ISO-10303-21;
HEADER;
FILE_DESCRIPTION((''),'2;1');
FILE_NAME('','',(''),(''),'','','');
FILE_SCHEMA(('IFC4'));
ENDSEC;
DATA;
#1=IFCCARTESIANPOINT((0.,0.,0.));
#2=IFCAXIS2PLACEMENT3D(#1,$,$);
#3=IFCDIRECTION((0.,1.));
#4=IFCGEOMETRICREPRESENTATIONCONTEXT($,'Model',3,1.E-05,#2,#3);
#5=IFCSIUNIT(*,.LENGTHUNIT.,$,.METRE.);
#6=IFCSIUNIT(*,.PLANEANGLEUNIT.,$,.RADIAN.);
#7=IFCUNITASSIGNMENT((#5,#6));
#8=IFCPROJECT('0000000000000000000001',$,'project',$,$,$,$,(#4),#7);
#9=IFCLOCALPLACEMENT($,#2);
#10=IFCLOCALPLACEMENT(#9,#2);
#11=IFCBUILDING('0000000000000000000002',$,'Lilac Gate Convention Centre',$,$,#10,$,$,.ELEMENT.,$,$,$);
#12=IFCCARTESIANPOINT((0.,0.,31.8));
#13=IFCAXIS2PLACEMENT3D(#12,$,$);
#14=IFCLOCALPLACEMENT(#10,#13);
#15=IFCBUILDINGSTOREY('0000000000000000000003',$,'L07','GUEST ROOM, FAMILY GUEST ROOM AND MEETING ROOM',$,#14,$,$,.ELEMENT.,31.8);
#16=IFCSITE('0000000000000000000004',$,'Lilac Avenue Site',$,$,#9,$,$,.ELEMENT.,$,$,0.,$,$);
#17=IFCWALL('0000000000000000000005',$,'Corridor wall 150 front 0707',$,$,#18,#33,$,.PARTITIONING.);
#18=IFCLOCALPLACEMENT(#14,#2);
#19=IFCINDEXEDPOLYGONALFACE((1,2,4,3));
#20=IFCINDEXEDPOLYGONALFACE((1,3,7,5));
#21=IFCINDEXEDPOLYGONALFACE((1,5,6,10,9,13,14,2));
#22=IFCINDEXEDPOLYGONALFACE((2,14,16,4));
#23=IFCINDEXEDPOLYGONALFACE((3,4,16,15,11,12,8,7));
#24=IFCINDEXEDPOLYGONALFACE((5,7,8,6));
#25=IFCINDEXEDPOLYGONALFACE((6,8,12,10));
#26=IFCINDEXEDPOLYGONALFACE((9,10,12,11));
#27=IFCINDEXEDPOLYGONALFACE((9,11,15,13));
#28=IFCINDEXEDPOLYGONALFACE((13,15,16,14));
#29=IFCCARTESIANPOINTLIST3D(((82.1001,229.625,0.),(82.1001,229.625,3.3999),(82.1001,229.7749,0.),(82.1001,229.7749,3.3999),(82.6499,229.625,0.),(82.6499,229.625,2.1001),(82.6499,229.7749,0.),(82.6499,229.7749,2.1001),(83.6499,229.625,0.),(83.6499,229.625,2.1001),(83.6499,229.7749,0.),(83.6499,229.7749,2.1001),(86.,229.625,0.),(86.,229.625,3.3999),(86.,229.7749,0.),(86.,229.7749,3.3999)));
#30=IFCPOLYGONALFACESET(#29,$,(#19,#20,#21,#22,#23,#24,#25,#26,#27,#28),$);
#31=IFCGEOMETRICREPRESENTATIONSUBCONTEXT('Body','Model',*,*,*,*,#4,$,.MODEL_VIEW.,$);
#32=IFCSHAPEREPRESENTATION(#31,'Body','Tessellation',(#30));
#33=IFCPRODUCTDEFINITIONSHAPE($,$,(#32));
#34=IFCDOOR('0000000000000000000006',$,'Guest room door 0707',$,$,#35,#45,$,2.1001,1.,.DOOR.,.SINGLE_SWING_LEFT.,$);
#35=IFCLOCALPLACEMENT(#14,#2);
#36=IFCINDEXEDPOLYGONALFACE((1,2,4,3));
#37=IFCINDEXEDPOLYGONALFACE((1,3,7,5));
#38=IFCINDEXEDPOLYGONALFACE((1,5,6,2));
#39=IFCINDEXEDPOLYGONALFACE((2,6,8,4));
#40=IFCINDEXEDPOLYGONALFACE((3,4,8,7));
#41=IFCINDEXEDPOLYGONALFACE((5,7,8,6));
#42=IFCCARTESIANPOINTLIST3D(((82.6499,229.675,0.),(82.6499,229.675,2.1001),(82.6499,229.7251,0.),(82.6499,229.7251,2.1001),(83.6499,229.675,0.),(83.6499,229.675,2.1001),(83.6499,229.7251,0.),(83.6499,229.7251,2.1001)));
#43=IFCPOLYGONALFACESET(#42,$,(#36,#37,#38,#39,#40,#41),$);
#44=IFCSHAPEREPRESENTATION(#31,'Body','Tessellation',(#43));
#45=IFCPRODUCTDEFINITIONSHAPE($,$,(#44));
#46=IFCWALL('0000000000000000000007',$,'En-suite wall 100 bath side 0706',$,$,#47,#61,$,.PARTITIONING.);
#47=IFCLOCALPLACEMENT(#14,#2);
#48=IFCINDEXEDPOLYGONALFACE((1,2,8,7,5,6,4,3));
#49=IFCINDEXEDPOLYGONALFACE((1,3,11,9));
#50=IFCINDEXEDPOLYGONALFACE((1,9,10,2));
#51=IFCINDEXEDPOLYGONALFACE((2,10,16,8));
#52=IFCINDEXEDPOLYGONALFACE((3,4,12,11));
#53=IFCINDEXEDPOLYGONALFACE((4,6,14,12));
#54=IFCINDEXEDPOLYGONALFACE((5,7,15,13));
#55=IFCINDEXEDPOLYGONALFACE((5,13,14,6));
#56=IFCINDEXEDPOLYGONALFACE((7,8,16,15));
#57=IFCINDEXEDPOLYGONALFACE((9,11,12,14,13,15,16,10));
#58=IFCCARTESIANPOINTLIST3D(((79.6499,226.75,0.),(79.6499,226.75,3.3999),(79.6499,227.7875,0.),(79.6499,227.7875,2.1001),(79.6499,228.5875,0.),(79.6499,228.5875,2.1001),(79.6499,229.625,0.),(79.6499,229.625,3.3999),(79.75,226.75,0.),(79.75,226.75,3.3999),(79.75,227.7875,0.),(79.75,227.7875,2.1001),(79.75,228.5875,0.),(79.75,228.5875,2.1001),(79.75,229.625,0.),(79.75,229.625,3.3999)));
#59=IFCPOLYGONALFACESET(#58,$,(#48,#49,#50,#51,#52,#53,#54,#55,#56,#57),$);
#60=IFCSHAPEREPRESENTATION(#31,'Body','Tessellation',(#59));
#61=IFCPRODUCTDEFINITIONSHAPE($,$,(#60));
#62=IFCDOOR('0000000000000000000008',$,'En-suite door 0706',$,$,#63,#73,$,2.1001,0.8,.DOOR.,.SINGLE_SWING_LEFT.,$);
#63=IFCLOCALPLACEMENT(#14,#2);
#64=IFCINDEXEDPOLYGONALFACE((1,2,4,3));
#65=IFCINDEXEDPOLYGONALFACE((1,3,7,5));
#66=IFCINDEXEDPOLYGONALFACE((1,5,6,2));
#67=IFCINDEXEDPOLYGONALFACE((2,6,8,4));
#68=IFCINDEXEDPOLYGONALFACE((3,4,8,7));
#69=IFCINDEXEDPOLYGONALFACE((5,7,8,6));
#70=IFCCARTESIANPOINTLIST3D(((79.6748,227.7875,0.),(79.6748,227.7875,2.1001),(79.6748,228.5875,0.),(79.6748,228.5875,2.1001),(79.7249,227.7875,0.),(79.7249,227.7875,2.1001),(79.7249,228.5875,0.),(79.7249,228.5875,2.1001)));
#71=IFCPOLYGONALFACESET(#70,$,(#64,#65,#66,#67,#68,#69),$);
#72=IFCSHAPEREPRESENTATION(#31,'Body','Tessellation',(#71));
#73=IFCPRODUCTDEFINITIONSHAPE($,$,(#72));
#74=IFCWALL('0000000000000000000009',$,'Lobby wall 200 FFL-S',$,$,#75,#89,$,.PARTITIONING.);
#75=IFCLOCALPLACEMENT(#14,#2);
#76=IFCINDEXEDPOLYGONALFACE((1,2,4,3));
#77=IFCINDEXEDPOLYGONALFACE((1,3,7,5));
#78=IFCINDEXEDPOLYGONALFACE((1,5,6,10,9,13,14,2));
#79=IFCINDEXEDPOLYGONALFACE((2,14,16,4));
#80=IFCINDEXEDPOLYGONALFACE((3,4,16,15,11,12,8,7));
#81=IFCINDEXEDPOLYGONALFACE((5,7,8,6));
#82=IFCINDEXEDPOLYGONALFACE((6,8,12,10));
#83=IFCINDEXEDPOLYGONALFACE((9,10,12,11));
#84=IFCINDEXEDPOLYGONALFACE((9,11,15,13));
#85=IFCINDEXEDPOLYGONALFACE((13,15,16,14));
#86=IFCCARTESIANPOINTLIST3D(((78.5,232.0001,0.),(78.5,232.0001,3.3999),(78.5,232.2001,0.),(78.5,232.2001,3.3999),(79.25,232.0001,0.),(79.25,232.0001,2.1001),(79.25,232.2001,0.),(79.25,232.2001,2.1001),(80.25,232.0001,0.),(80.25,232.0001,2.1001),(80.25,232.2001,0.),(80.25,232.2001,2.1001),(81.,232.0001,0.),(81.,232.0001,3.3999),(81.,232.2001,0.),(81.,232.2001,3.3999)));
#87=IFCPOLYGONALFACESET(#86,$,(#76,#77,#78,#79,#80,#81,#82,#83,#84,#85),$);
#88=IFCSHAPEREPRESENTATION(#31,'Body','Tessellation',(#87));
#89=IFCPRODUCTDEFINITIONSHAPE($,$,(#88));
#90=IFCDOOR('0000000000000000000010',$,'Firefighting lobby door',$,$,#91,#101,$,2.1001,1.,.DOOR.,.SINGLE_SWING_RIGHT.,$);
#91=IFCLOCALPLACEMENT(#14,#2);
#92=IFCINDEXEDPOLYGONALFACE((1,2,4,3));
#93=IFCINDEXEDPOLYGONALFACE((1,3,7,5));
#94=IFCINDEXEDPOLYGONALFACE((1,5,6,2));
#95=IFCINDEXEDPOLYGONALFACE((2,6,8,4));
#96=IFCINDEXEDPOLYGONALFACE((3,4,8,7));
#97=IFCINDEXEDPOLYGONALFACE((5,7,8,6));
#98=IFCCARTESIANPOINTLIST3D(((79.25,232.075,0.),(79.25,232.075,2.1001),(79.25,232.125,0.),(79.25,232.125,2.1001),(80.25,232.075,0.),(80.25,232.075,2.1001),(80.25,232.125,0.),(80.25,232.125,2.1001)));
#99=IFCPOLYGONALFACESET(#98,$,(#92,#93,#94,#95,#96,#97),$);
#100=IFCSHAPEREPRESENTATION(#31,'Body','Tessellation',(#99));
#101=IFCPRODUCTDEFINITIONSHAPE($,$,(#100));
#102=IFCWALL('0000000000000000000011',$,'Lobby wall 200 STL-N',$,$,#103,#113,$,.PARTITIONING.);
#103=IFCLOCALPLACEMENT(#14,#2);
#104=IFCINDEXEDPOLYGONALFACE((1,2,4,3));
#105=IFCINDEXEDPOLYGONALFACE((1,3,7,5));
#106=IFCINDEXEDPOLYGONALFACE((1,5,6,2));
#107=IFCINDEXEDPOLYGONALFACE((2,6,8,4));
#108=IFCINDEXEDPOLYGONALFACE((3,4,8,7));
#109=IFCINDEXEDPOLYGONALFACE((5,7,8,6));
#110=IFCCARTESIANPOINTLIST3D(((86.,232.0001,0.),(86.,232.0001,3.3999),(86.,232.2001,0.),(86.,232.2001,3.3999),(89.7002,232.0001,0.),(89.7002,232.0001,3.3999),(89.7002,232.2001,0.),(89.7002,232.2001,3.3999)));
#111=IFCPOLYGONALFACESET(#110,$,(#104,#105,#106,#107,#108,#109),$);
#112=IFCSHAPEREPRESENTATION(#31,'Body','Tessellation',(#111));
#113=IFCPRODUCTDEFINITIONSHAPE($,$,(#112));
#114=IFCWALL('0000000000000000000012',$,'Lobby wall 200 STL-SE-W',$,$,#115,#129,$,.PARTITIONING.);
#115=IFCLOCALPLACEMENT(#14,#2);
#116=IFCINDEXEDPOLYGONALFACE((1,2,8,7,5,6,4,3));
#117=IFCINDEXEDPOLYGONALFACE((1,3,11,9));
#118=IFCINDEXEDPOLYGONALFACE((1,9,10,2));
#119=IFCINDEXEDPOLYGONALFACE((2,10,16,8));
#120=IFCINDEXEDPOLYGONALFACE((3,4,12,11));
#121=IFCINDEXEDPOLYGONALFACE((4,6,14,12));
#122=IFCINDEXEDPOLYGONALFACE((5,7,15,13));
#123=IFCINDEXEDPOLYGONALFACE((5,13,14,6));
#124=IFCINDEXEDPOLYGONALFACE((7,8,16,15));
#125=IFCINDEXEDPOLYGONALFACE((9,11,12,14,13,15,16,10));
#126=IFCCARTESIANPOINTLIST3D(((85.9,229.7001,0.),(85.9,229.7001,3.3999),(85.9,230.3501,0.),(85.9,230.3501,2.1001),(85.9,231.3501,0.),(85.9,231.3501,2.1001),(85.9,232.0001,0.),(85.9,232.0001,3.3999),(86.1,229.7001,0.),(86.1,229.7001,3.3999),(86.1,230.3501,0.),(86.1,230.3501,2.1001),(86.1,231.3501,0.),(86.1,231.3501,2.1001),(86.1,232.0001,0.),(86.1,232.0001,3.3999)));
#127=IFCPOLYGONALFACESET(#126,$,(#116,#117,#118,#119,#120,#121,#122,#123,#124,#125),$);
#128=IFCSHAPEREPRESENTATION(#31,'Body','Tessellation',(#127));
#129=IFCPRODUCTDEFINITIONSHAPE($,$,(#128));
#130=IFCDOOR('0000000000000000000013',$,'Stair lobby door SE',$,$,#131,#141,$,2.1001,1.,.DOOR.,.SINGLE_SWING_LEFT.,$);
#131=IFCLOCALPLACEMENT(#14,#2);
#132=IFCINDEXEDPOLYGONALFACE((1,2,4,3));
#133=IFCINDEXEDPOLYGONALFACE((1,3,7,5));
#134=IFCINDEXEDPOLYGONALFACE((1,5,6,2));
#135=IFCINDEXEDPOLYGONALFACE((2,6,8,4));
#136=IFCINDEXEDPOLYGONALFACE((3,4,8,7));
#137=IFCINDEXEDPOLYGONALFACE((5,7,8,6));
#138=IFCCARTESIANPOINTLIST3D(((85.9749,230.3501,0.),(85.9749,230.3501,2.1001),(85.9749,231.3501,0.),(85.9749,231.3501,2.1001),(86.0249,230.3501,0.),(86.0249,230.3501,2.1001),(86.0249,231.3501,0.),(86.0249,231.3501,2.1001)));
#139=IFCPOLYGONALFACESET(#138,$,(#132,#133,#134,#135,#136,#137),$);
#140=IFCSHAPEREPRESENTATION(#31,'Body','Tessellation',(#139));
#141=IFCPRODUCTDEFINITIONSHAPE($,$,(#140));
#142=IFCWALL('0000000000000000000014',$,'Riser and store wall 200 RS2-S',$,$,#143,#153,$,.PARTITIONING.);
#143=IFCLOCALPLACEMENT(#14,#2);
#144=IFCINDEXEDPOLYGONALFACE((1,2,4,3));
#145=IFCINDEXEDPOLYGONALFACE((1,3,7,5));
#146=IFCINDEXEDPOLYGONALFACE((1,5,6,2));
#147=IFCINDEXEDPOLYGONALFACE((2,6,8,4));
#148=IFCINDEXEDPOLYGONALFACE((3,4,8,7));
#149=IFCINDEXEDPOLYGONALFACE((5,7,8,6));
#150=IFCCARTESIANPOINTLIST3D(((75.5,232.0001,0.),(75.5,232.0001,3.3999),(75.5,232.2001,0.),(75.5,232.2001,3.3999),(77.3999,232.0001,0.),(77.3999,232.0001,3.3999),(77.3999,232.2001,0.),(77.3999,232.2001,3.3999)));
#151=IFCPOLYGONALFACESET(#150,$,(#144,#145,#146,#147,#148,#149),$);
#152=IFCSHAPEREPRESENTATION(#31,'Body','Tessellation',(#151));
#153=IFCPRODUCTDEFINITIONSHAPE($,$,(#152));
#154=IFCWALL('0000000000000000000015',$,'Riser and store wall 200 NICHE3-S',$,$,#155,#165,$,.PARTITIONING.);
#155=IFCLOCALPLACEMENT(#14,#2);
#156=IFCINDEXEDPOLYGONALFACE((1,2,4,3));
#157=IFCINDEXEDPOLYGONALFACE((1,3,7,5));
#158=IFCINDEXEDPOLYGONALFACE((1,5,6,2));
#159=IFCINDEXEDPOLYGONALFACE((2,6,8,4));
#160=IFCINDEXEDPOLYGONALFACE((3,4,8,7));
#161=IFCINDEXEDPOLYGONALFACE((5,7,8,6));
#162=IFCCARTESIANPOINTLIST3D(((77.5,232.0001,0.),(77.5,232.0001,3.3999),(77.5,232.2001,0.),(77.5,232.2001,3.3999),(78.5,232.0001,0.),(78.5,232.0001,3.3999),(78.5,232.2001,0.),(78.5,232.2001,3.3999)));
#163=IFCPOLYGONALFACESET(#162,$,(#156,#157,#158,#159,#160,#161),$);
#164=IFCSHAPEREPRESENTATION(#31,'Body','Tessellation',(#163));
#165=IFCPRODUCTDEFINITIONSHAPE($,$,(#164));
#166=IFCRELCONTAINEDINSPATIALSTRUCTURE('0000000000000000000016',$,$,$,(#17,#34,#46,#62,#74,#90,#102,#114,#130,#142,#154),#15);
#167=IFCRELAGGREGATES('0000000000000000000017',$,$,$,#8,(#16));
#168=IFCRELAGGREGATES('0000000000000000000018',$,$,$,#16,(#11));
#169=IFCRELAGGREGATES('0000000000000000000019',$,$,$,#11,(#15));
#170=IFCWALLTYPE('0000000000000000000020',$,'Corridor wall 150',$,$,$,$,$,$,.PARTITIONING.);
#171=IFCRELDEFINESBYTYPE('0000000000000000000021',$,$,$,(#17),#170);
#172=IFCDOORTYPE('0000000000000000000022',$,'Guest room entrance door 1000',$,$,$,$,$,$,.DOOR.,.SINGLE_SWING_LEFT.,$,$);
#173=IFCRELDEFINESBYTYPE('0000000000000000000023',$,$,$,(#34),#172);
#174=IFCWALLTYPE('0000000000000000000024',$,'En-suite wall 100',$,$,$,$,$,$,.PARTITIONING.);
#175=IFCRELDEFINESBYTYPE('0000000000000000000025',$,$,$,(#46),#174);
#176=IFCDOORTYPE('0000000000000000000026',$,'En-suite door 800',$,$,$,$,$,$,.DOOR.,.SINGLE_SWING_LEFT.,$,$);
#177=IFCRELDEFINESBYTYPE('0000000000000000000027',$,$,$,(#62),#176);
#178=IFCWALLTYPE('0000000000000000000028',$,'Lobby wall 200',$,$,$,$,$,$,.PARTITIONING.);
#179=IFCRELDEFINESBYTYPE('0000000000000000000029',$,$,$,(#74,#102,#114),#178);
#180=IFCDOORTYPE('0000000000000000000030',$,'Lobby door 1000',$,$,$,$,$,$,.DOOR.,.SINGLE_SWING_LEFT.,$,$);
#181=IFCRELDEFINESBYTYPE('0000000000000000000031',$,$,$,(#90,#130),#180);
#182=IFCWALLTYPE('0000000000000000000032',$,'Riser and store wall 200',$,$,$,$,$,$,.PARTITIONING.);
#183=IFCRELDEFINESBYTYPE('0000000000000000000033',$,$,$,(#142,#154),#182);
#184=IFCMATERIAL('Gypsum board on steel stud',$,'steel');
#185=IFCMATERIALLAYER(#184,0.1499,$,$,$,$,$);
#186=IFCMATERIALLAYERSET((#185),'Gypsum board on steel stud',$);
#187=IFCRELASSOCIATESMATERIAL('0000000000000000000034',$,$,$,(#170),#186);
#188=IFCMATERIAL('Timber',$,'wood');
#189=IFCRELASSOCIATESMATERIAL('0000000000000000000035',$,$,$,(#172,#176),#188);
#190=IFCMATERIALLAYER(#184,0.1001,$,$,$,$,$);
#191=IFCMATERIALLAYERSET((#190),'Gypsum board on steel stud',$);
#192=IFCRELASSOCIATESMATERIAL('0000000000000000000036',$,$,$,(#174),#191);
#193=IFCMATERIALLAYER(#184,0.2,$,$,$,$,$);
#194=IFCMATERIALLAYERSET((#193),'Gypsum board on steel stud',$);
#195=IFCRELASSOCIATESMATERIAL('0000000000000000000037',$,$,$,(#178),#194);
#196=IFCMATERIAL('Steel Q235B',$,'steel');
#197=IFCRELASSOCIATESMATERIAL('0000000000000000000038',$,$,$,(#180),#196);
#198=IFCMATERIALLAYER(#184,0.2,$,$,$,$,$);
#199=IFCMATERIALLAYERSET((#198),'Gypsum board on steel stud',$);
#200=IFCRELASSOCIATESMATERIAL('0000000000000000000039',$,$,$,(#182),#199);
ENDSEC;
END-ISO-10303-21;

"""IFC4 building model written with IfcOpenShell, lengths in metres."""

from ifc_helpers import new_model, si_unit, direction, frame, frame_2d, origin, place, context, subcontext, project, spatial, rectangle, extrude, material, layer, layer_set, type_object, element, fill, save


model = new_model("IFC4")

# Units and contexts
model_context = context("Model", 3, precision=1e-05, world=origin(), true_north=direction((0.0, 1.0)))
body_context = subcontext(model_context, "Body", "Model", "MODEL_VIEW")
ifc_project = project(units=[si_unit("LENGTHUNIT", "METRE"), si_unit("PLANEANGLEUNIT", "RADIAN")], contexts=[model_context])

# Site, building, storey
site_placement = place(None, origin())
site = spatial("IfcSite", under=ifc_project, at=site_placement, Name="Lilac Avenue Site", CompositionType="ELEMENT", RefElevation=0.0)
building_placement = place(site_placement, origin())
building = spatial("IfcBuilding", under=site, at=building_placement, Name="Lilac Gate Convention Centre", CompositionType="ELEMENT")
storey_placement = place(building_placement, frame((0.0, 0.0, 31.8)))
storey = spatial("IfcBuildingStorey", under=building, at=storey_placement, Name="L07", Description="GUEST ROOM, FAMILY GUEST ROOM AND MEETING ROOM", CompositionType="ELEMENT", Elevation=31.8)

# Shared definitions
ifc_material_1 = material(Name="Steel Q235B", Category="steel")

# Walls, openings, doors
ifc_material_2 = material(Name="Gypsum board on steel stud", Category="steel")
ifc_layer_1 = layer(ifc_material_2, 0.1499)
ifc_layer_set_1 = layer_set([ifc_layer_1], Name="Gypsum board on steel stud")
wall_type_1 = type_object("IfcWallType", Name="Corridor wall 150", PredefinedType="PARTITIONING", material=ifc_layer_set_1)
ifc_material_3 = material(Name="Timber", Category="wood")
door_type_1 = type_object("IfcDoorType", Name="Guest room entrance door 1000", OperationType="SINGLE_SWING_LEFT", PredefinedType="DOOR", material=ifc_material_3)
wall_1_placement = place(storey_placement, frame((86.0, 229.7, 0.0), z_axis=(0.0, 0.0, 1.0), x_axis=(-1.0, 0.0, 0.0)))
wall_1 = element("IfcWall", 1, at=wall_1_placement, inside=storey, type_object=wall_type_1, Name="Corridor wall 150 front 0707", PredefinedType="PARTITIONING", context=body_context, shape_type="SweptSolid", body=[
    extrude(rectangle(XDim=3.8999, YDim=0.1499, at=frame_2d((1.95, 0.0))), origin(), (0.0, 0.0, 1.0), 3.3999),
])
opening_1_placement = place(wall_1_placement, frame((2.3501, 0.0, 0.0)))
opening_1 = element("IfcOpeningElement", 2, at=opening_1_placement, cuts=wall_1, PredefinedType="OPENING", context=body_context, shape_type="SweptSolid", body=[
    extrude(rectangle(XDim=1.0, YDim=2.1001, at=frame_2d((0.5, 1.05))), frame((0.0, 0.085, 0.0), z_axis=(0.0, -1.0, 0.0), x_axis=(1.0, 0.0, 0.0)), (0.0, 0.0, 1.0), 0.1699),
])
door_1_placement = place(opening_1_placement, origin())
door_1 = element("IfcDoor", 3, at=door_1_placement, inside=storey, type_object=door_type_1, Name="Guest room door 0707", OperationType="SINGLE_SWING_LEFT", OverallHeight=2.1001, OverallWidth=1.0, PredefinedType="DOOR", context=body_context, shape_type="SweptSolid", body=[
    extrude(rectangle(XDim=1.0, YDim=2.1001, at=frame_2d((0.5, 1.05))), frame((0.0, 0.0249, 0.0), z_axis=(0.0, -1.0, 0.0), x_axis=(1.0, 0.0, 0.0)), (0.0, 0.0, 1.0), 0.05),
])
fill(opening_1, door_1)
ifc_layer_2 = layer(ifc_material_2, 0.1001)
ifc_layer_set_2 = layer_set([ifc_layer_2], Name="Gypsum board on steel stud")
wall_type_2 = type_object("IfcWallType", Name="En-suite wall 100", PredefinedType="PARTITIONING", material=ifc_layer_set_2)
wall_2_placement = place(storey_placement, frame((79.7, 229.625, 0.0), z_axis=(0.0, 0.0, 1.0), x_axis=(0.0, -1.0, 0.0)))
wall_2 = element("IfcWall", 4, at=wall_2_placement, inside=storey, type_object=wall_type_2, Name="En-suite wall 100 bath side 0706", PredefinedType="PARTITIONING", context=body_context, shape_type="SweptSolid", body=[
    extrude(rectangle(XDim=2.875, YDim=0.1001, at=frame_2d((1.4375, 0.0))), origin(), (0.0, 0.0, 1.0), 3.3999),
])
opening_2_placement = place(wall_2_placement, frame((1.0376, 0.0, 0.0)))
opening_2 = element("IfcOpeningElement", 5, at=opening_2_placement, cuts=wall_2, PredefinedType="OPENING", context=body_context, shape_type="SweptSolid", body=[
    extrude(rectangle(XDim=0.8, YDim=2.1001, at=frame_2d((0.3999, 1.05))), frame((0.0, 0.0601, 0.0), z_axis=(0.0, -1.0, 0.0), x_axis=(1.0, 0.0, 0.0)), (0.0, 0.0, 1.0), 0.1201),
])
door_type_2 = type_object("IfcDoorType", Name="En-suite door 800", OperationType="SINGLE_SWING_LEFT", PredefinedType="DOOR", material=ifc_material_3)
door_2_placement = place(opening_2_placement, origin())
door_2 = element("IfcDoor", 6, at=door_2_placement, inside=storey, type_object=door_type_2, Name="En-suite door 0706", OperationType="SINGLE_SWING_LEFT", OverallHeight=2.1001, OverallWidth=0.8, PredefinedType="DOOR", context=body_context, shape_type="SweptSolid", body=[
    extrude(rectangle(XDim=0.8, YDim=2.1001, at=frame_2d((0.3999, 1.05))), frame((0.0, 0.0249, 0.0), z_axis=(0.0, -1.0, 0.0), x_axis=(1.0, 0.0, 0.0)), (0.0, 0.0, 1.0), 0.05),
])
fill(opening_2, door_2)
ifc_layer_3 = layer(ifc_material_2, 0.2)
ifc_layer_set_3 = layer_set([ifc_layer_3], Name="Gypsum board on steel stud")
wall_type_3 = type_object("IfcWallType", Name="Lobby wall 200", PredefinedType="PARTITIONING", material=ifc_layer_set_3)
wall_3_placement = place(storey_placement, frame((78.5, 232.1001, 0.0), z_axis=(0.0, 0.0, 1.0), x_axis=(1.0, 0.0, 0.0)))
wall_3 = element("IfcWall", 7, at=wall_3_placement, inside=storey, type_object=wall_type_3, Name="Lobby wall 200 FFL-S", PredefinedType="PARTITIONING", context=body_context, shape_type="SweptSolid", body=[
    extrude(rectangle(XDim=2.5, YDim=0.2, at=frame_2d((1.25, 0.0))), origin(), (0.0, 0.0, 1.0), 3.3999),
])
opening_3_placement = place(wall_3_placement, frame((0.75, 0.0, 0.0)))
opening_3 = element("IfcOpeningElement", 8, at=opening_3_placement, cuts=wall_3, PredefinedType="OPENING", context=body_context, shape_type="SweptSolid", body=[
    extrude(rectangle(XDim=1.0, YDim=2.1001, at=frame_2d((0.5, 1.05))), frame((0.0, 0.1099, 0.0), z_axis=(0.0, -1.0, 0.0), x_axis=(1.0, 0.0, 0.0)), (0.0, 0.0, 1.0), 0.22),
])
door_type_3 = type_object("IfcDoorType", Name="Lobby door 1000", OperationType="SINGLE_SWING_LEFT", PredefinedType="DOOR", material=ifc_material_1)
door_3_placement = place(opening_3_placement, origin())
door_3 = element("IfcDoor", 9, at=door_3_placement, inside=storey, type_object=door_type_3, Name="Firefighting lobby door", OperationType="SINGLE_SWING_RIGHT", OverallHeight=2.1001, OverallWidth=1.0, PredefinedType="DOOR", context=body_context, shape_type="SweptSolid", body=[
    extrude(rectangle(XDim=1.0, YDim=2.1001, at=frame_2d((0.5, 1.05))), frame((0.0, 0.0249, 0.0), z_axis=(0.0, -1.0, 0.0), x_axis=(1.0, 0.0, 0.0)), (0.0, 0.0, 1.0), 0.05),
])
fill(opening_3, door_3)

# Wall
wall_4_placement = place(storey_placement, frame((86.0, 232.1001, 0.0), z_axis=(0.0, 0.0, 1.0), x_axis=(1.0, 0.0, 0.0)))
element("IfcWall", 10, at=wall_4_placement, inside=storey, type_object=wall_type_3, Name="Lobby wall 200 STL-N", PredefinedType="PARTITIONING", context=body_context, shape_type="SweptSolid", body=[
    extrude(rectangle(XDim=3.7002, YDim=0.2, at=frame_2d((1.8501, 0.0))), origin(), (0.0, 0.0, 1.0), 3.3999),
])

# Wall, opening, door
wall_5_placement = place(storey_placement, frame((86.0, 232.0, 0.0), z_axis=(0.0, 0.0, 1.0), x_axis=(0.0, -1.0, 0.0)))
wall_5 = element("IfcWall", 11, at=wall_5_placement, inside=storey, type_object=wall_type_3, Name="Lobby wall 200 STL-SE-W", PredefinedType="PARTITIONING", context=body_context, shape_type="SweptSolid", body=[
    extrude(rectangle(XDim=2.3, YDim=0.2, at=frame_2d((1.1499, 0.0))), origin(), (0.0, 0.0, 1.0), 3.3999),
])
opening_4_placement = place(wall_5_placement, frame((0.6499, 0.0, 0.0)))
opening_4 = element("IfcOpeningElement", 12, at=opening_4_placement, cuts=wall_5, PredefinedType="OPENING", context=body_context, shape_type="SweptSolid", body=[
    extrude(rectangle(XDim=1.0, YDim=2.1001, at=frame_2d((0.5, 1.05))), frame((0.0, 0.1099, 0.0), z_axis=(0.0, -1.0, 0.0), x_axis=(1.0, 0.0, 0.0)), (0.0, 0.0, 1.0), 0.22),
])
door_4_placement = place(opening_4_placement, origin())
door_4 = element("IfcDoor", 13, at=door_4_placement, inside=storey, type_object=door_type_3, Name="Stair lobby door SE", OperationType="SINGLE_SWING_LEFT", OverallHeight=2.1001, OverallWidth=1.0, PredefinedType="DOOR", context=body_context, shape_type="SweptSolid", body=[
    extrude(rectangle(XDim=1.0, YDim=2.1001, at=frame_2d((0.5, 1.05))), frame((0.0, 0.0249, 0.0), z_axis=(0.0, -1.0, 0.0), x_axis=(1.0, 0.0, 0.0)), (0.0, 0.0, 1.0), 0.05),
])
fill(opening_4, door_4)

# Walls
ifc_layer_4 = layer(ifc_material_2, 0.2)
ifc_layer_set_4 = layer_set([ifc_layer_4], Name="Gypsum board on steel stud")
wall_type_4 = type_object("IfcWallType", Name="Riser and store wall 200", PredefinedType="PARTITIONING", material=ifc_layer_set_4)
wall_6_placement = place(storey_placement, frame((75.5, 232.1001, 0.0), z_axis=(0.0, 0.0, 1.0), x_axis=(1.0, 0.0, 0.0)))
element("IfcWall", 14, at=wall_6_placement, inside=storey, type_object=wall_type_4, Name="Riser and store wall 200 RS2-S", PredefinedType="PARTITIONING", context=body_context, shape_type="SweptSolid", body=[
    extrude(rectangle(XDim=1.8999, YDim=0.2, at=frame_2d((0.95, 0.0))), origin(), (0.0, 0.0, 1.0), 3.3999),
])
wall_7_placement = place(storey_placement, frame((77.5, 232.1001, 0.0), z_axis=(0.0, 0.0, 1.0), x_axis=(1.0, 0.0, 0.0)))
element("IfcWall", 15, at=wall_7_placement, inside=storey, type_object=wall_type_4, Name="Riser and store wall 200 NICHE3-S", PredefinedType="PARTITIONING", context=body_context, shape_type="SweptSolid", body=[
    extrude(rectangle(XDim=1.0, YDim=0.2, at=frame_2d((0.5, 0.0))), origin(), (0.0, 0.0, 1.0), 3.3999),
])

save(model, "model.ifc")
